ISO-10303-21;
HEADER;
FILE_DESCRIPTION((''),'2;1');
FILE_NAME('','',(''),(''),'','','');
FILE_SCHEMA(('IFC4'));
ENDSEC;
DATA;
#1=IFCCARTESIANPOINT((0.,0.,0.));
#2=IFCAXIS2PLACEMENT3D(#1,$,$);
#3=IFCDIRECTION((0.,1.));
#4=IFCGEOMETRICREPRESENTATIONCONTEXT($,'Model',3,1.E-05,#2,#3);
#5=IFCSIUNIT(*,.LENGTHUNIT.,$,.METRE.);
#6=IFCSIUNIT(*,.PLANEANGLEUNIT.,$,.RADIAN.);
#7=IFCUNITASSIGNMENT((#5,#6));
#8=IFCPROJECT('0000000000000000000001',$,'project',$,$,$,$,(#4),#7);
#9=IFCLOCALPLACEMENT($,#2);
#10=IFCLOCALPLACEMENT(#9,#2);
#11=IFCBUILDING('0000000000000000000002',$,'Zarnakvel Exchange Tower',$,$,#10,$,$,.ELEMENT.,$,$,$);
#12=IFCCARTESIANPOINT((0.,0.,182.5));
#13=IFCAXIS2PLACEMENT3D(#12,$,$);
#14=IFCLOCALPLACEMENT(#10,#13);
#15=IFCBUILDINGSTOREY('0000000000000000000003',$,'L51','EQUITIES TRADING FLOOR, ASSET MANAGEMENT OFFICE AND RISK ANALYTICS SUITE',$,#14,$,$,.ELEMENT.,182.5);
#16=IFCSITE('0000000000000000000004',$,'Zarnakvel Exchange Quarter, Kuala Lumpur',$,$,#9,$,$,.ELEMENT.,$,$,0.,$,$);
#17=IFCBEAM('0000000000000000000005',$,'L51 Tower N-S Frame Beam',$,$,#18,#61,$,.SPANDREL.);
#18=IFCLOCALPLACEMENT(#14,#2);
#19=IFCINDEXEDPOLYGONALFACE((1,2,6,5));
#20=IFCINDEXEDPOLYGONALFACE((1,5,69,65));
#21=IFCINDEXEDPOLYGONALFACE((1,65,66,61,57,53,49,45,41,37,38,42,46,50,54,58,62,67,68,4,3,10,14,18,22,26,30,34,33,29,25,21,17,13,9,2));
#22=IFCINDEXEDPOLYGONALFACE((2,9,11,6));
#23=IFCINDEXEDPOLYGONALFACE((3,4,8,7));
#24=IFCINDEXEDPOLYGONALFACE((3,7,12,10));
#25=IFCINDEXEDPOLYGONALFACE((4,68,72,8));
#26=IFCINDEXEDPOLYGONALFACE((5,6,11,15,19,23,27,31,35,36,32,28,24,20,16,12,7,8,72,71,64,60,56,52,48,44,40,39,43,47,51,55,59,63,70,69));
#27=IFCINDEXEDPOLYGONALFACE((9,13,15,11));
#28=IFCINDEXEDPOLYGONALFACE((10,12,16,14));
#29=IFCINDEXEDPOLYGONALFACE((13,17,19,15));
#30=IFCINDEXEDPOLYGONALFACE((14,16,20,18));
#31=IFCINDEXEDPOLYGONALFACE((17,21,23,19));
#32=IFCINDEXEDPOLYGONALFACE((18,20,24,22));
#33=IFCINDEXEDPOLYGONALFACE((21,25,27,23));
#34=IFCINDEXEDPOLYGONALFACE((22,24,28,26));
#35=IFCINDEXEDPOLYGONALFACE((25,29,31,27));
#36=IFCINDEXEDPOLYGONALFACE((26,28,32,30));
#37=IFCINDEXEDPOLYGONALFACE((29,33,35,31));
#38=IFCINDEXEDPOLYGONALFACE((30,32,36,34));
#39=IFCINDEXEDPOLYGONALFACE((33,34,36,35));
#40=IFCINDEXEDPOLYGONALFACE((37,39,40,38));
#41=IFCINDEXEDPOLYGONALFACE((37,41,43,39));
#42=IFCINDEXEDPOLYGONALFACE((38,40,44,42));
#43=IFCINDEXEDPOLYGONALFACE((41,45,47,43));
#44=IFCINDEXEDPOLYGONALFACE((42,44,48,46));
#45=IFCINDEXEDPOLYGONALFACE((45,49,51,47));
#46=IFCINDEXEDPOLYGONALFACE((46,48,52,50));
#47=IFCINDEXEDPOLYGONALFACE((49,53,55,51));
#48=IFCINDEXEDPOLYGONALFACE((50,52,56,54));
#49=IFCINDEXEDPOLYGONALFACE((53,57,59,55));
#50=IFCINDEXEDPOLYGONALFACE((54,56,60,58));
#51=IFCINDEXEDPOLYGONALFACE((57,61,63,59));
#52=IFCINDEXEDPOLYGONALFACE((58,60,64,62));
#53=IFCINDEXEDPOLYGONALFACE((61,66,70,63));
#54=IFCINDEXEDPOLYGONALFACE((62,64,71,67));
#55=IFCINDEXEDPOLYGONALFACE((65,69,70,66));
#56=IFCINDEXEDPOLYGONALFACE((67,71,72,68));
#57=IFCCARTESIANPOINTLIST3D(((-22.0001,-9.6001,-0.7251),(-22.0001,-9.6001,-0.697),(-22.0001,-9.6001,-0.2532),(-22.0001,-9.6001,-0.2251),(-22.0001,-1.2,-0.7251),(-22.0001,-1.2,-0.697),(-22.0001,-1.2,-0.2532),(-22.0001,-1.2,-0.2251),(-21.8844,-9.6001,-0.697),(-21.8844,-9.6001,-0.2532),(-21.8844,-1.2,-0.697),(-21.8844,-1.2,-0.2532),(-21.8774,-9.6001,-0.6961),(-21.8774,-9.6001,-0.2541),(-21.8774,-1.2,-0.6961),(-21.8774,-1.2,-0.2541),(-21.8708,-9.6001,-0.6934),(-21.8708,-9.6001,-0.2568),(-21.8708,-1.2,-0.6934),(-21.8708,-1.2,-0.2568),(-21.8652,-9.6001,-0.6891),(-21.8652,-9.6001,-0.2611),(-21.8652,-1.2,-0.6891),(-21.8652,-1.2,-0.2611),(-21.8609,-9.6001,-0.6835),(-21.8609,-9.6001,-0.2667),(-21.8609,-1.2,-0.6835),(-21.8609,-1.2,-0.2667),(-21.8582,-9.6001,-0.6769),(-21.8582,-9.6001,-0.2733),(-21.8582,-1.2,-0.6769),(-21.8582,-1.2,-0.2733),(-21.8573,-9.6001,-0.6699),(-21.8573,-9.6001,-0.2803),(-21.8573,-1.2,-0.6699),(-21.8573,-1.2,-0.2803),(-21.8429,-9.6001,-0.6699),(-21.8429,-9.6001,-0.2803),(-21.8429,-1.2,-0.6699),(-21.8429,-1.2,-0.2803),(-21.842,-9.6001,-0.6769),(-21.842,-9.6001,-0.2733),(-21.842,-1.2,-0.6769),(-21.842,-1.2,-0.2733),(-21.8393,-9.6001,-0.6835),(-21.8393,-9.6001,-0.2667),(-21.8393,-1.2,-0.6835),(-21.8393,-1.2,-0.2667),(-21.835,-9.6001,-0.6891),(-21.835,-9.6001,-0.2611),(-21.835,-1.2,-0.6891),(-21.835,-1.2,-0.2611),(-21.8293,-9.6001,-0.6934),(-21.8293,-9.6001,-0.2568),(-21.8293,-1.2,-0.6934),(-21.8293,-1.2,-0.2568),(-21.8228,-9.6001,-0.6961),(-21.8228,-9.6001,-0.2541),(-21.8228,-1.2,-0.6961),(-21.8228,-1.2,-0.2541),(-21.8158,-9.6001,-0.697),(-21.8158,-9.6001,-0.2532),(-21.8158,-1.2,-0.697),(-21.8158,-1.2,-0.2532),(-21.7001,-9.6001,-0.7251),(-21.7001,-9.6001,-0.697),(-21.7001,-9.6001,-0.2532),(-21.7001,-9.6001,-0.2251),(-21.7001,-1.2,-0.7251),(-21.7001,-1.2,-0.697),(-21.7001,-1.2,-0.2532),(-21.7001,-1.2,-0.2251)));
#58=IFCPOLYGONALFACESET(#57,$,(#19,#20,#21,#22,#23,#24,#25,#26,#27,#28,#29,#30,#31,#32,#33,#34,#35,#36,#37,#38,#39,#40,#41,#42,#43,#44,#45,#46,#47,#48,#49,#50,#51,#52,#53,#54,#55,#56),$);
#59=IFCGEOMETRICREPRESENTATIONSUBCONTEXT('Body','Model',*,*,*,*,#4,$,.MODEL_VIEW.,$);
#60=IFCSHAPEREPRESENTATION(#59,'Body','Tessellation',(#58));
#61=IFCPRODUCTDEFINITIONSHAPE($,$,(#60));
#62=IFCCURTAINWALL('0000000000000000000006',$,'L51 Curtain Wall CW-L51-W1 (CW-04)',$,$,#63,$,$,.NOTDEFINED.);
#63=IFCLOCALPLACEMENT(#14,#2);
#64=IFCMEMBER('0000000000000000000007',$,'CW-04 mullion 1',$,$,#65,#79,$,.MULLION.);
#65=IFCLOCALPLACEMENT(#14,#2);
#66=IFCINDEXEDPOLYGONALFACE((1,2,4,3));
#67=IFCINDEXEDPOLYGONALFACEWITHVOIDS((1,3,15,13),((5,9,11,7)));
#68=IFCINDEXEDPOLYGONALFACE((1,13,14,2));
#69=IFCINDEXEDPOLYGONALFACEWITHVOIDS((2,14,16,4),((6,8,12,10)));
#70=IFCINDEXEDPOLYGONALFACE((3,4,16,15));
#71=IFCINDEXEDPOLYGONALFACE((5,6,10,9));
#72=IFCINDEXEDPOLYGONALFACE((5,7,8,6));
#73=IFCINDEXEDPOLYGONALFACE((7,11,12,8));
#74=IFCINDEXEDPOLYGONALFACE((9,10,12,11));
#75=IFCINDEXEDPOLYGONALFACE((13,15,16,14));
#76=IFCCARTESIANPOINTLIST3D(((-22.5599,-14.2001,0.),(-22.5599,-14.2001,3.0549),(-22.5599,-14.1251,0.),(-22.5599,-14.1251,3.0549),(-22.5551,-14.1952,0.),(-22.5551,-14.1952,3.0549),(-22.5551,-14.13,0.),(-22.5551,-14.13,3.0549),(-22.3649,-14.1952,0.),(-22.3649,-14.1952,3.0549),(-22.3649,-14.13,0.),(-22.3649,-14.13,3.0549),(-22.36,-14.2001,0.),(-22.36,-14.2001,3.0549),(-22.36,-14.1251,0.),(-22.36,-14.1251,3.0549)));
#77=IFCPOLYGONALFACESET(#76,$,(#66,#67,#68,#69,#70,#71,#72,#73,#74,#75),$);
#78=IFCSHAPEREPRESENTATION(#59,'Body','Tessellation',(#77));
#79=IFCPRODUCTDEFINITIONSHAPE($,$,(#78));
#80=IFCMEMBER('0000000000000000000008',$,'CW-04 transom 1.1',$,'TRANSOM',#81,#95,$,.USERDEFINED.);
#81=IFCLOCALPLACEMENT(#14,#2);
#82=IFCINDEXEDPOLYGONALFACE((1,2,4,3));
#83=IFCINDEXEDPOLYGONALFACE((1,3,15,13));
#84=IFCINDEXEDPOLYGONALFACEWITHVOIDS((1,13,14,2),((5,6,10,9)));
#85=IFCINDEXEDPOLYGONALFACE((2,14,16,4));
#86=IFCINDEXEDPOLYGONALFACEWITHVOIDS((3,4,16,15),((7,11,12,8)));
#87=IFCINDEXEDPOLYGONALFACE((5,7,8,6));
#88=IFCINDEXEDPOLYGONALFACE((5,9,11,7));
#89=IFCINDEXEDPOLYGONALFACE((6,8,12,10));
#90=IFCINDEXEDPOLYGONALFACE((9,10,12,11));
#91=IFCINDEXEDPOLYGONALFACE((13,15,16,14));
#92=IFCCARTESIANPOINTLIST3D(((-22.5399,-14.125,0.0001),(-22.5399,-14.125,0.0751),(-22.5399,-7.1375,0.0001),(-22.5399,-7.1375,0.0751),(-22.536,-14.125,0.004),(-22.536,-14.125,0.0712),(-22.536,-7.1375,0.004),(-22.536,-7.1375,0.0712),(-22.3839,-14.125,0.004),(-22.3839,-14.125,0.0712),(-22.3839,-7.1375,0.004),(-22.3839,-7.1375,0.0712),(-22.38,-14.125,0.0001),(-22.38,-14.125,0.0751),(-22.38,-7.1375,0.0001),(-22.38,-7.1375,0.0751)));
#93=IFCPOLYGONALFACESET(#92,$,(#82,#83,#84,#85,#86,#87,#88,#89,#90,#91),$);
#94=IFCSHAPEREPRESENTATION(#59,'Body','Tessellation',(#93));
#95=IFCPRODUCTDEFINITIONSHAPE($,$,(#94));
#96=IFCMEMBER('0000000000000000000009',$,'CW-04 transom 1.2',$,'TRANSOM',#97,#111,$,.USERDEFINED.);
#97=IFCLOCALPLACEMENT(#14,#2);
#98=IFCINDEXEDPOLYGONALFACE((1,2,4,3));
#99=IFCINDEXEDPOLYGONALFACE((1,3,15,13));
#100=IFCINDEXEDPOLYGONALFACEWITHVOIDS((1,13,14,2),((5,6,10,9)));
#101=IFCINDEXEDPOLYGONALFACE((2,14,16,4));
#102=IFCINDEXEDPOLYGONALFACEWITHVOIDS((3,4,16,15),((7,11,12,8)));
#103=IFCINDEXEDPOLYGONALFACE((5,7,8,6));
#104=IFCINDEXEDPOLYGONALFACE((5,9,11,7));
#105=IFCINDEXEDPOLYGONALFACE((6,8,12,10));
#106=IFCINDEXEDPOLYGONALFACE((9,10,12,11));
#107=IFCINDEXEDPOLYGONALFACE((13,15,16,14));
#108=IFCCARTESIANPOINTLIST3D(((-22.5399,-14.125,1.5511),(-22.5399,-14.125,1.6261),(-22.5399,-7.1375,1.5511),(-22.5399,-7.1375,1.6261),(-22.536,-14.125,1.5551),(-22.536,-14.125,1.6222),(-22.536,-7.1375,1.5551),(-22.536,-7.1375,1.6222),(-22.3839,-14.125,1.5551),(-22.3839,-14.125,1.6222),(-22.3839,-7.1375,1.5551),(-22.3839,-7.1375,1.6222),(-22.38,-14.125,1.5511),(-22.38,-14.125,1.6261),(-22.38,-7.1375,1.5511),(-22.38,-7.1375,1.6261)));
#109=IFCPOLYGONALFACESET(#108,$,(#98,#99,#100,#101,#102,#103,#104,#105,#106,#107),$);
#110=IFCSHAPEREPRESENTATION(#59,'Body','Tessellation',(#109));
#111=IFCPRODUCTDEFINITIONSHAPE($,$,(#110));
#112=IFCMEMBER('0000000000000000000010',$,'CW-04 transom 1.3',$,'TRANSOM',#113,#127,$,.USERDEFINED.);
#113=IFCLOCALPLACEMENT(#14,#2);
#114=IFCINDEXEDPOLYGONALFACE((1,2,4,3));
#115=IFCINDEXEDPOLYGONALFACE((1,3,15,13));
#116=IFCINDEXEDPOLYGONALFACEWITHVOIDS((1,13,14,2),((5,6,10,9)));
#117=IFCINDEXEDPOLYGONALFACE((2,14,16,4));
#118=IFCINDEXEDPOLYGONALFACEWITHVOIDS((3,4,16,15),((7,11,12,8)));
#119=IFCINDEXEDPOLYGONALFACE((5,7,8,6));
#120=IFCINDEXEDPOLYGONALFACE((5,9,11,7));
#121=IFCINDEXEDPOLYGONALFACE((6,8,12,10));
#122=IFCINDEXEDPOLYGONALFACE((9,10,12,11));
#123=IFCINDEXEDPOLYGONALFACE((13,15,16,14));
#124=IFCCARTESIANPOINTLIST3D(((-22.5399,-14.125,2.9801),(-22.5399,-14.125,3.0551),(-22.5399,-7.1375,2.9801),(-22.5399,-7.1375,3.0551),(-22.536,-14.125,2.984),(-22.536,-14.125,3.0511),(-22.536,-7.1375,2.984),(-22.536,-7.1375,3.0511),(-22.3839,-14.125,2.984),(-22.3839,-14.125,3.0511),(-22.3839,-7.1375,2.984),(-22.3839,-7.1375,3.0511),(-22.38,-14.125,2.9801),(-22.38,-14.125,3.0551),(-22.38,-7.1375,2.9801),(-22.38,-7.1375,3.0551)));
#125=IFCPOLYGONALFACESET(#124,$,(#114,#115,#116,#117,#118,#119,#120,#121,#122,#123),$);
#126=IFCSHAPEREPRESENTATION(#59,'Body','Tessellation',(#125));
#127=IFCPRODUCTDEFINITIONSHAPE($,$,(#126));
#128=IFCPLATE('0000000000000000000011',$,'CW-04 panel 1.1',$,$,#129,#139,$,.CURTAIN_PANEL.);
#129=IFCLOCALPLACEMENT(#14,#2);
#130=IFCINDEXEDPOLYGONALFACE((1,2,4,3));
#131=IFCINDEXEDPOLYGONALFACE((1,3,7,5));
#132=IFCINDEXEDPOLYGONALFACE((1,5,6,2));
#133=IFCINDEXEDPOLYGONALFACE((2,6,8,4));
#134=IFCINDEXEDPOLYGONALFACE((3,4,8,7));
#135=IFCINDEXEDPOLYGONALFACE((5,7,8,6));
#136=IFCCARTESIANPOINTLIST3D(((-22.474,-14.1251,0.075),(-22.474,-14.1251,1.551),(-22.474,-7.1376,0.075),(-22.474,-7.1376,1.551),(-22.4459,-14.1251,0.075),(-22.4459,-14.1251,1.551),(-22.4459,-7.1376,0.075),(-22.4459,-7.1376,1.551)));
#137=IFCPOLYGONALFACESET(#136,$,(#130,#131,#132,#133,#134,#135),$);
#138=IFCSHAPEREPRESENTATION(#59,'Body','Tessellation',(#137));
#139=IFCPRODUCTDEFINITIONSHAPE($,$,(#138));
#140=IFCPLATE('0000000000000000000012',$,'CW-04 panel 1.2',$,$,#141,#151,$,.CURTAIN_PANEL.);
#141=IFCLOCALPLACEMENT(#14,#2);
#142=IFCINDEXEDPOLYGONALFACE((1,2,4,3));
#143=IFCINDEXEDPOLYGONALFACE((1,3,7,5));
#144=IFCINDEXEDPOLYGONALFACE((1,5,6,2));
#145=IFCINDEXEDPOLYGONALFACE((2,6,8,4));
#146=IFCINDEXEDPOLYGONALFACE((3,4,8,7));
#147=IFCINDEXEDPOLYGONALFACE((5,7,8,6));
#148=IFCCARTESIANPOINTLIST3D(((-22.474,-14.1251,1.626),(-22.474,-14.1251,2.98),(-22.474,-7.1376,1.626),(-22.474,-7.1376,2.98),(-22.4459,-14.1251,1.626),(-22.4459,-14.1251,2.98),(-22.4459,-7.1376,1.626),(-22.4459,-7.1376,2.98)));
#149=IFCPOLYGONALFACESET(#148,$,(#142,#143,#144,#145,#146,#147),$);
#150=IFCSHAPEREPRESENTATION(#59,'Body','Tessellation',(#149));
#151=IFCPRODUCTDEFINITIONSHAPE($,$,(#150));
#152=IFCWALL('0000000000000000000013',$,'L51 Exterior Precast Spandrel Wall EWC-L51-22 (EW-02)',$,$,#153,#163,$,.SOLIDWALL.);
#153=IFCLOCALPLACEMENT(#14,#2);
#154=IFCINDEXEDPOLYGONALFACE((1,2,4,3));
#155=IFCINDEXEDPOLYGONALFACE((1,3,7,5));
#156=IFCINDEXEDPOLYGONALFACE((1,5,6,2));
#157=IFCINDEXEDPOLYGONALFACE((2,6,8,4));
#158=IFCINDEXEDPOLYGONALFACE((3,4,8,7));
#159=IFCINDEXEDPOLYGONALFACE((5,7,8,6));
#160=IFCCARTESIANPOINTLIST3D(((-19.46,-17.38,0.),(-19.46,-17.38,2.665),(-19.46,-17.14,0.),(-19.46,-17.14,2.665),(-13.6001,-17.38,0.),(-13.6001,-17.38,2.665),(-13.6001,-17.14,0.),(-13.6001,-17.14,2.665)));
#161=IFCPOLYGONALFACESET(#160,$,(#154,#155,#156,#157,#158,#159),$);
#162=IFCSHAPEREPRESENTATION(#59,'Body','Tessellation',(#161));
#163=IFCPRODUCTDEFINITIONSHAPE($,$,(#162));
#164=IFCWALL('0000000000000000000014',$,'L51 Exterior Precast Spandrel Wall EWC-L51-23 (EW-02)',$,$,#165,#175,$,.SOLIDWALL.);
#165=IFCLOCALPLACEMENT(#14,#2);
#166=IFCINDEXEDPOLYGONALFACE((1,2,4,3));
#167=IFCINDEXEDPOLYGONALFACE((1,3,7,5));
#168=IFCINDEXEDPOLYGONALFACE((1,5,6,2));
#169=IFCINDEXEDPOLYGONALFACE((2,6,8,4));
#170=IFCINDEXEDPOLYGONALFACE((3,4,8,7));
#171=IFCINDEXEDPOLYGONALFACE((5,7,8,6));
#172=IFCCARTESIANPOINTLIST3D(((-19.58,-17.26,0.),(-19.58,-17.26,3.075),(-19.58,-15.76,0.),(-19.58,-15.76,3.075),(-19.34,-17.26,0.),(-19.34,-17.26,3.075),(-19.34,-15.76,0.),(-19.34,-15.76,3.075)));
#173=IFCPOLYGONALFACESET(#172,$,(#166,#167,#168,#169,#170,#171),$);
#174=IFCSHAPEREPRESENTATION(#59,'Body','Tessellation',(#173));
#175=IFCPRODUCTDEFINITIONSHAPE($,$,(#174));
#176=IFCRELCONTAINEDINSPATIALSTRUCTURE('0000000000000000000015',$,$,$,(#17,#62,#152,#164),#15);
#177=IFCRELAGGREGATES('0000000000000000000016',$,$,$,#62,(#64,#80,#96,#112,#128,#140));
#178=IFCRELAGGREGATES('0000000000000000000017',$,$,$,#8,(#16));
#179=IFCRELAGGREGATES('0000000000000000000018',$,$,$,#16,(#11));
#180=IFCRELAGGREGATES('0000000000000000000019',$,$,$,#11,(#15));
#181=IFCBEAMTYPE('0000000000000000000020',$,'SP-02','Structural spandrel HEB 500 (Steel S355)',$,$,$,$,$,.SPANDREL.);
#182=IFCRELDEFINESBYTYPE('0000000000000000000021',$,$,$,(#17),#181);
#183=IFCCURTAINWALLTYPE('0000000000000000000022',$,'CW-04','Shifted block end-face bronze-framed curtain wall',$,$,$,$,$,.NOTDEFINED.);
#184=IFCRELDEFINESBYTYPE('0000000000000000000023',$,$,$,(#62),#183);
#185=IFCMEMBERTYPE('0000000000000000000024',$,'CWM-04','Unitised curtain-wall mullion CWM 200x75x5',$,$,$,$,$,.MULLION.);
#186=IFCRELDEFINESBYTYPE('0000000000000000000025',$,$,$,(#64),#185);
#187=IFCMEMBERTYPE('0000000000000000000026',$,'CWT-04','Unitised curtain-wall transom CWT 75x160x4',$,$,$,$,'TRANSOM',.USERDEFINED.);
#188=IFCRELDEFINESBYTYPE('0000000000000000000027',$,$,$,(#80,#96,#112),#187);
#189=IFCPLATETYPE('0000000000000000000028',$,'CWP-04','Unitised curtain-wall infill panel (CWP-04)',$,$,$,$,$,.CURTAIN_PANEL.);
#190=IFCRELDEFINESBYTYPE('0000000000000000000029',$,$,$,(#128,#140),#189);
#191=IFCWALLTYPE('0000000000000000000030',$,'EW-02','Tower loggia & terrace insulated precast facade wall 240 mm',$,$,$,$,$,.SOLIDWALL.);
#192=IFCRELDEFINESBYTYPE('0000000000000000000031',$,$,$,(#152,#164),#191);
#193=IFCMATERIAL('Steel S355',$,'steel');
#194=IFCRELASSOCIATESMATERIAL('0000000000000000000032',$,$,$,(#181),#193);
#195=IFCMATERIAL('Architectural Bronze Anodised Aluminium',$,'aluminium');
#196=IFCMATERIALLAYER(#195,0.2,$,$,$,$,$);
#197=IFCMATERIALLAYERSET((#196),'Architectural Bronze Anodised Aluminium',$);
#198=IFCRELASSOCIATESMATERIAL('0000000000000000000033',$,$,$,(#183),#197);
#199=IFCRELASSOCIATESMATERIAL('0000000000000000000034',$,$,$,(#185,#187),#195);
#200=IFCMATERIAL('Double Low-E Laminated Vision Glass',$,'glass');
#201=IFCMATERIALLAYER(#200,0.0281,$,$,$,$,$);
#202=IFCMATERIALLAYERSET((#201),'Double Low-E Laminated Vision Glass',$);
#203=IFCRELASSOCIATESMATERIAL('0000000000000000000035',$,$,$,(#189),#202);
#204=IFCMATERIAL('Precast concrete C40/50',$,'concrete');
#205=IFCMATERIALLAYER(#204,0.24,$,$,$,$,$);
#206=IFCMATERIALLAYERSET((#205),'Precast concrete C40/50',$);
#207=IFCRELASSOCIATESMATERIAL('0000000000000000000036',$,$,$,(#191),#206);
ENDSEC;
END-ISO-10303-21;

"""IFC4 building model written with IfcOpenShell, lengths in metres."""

from ifc_helpers import new_model, si_unit, direction, frame, frame_2d, origin, origin_2d, place, context, subcontext, project, spatial, rectangle, hollow_rectangle, i_section, extrude, source, transform, mapped, material, layer, layer_set, material_profile, profile_set, type_object, element, aggregate, save


model = new_model("IFC4")

# Units and contexts
model_context = context("Model", 3, precision=1e-05, world=origin(), true_north=direction((0.0, 1.0)))
body_context = subcontext(model_context, "Body", "Model", "MODEL_VIEW")
ifc_project = project(units=[si_unit("LENGTHUNIT", "METRE"), si_unit("PLANEANGLEUNIT", "RADIAN")], contexts=[model_context])

# Site, building, storey
site_placement = place(None, origin())
site = spatial("IfcSite", under=ifc_project, at=site_placement, Name="Zarnakvel Exchange Quarter, Kuala Lumpur", CompositionType="ELEMENT", RefElevation=0.0)
building_placement = place(site_placement, origin())
building = spatial("IfcBuilding", under=site, at=building_placement, Name="Zarnakvel Exchange Tower", CompositionType="ELEMENT")
storey_placement = place(building_placement, frame((0.0, 0.0, 182.5)))
storey = spatial("IfcBuildingStorey", under=building, at=storey_placement, Name="L51", Description="EQUITIES TRADING FLOOR, ASSET MANAGEMENT OFFICE AND RISK ANALYTICS SUITE", CompositionType="ELEMENT", Elevation=182.5)

# Shared definitions
ifc_material_1 = material(Name="Steel S355", Category="steel")

# Beam
ifc_material_profile_1 = material_profile(ifc_material_1, i_section(OverallWidth=0.3, OverallDepth=0.5, WebThickness=0.0144, FlangeThickness=0.0281, FilletRadius=0.0271, at=origin_2d()))
ifc_profile_set_1 = profile_set([ifc_material_profile_1], Name="Steel S355")
beam_type_1 = type_object("IfcBeamType", Name="SP-02", Description="Structural spandrel HEB 500 (Steel S355)", PredefinedType="SPANDREL", material=ifc_profile_set_1)
beam_1_placement = place(storey_placement, frame((-21.8501, -9.6001, -0.4751), z_axis=(0.0, 1.0, 0.0), x_axis=(-1.0, 0.0, 0.0)))
element("IfcBeam", 1, at=beam_1_placement, inside=storey, type_object=beam_type_1, Name="L51 Tower N-S Frame Beam", PredefinedType="SPANDREL", context=body_context, shape_type="SweptSolid", body=[
    extrude(i_section(OverallWidth=0.3, OverallDepth=0.5, WebThickness=0.0144, FlangeThickness=0.0281, FilletRadius=0.0271, at=origin_2d()), origin(), (0.0, 0.0, 1.0), 8.4001),
])

# Curtain wall, members, plates
ifc_material_2 = material(Name="Architectural Bronze Anodised Aluminium", Category="aluminium")
ifc_layer_1 = layer(ifc_material_2, 0.2)
ifc_layer_set_1 = layer_set([ifc_layer_1], Name="Architectural Bronze Anodised Aluminium")
curtain_wall_type = type_object("IfcCurtainWallType", Name="CW-04", Description="Shifted block end-face bronze-framed curtain wall", PredefinedType="NOTDEFINED", material=ifc_layer_set_1)
curtain_wall_placement = place(storey_placement, origin())
curtain_wall = element("IfcCurtainWall", 2, at=curtain_wall_placement, inside=storey, type_object=curtain_wall_type, Name="L51 Curtain Wall CW-L51-W1 (CW-04)", PredefinedType="NOTDEFINED")
ifc_material_profile_2 = material_profile(ifc_material_2, hollow_rectangle(XDim=0.2, YDim=0.075, WallThickness=0.0049, at=origin_2d()))
ifc_profile_set_2 = profile_set([ifc_material_profile_2], Name="Architectural Bronze Anodised Aluminium")
member_type_1 = type_object("IfcMemberType", Name="CWM-04", Description="Unitised curtain-wall mullion CWM 200x75x5", PredefinedType="MULLION", material=ifc_profile_set_2)
shared_shape_1 = source(origin(), body_context, "Body", "SweptSolid", [
    extrude(hollow_rectangle(XDim=0.2, YDim=0.075, WallThickness=0.0049, at=origin_2d()), origin(), (0.0, 0.0, 1.0), 3.0549),
])
member_1_placement = place(storey_placement, frame((-22.46, -14.1626, 0.0), z_axis=(0.0, 0.0, 1.0), x_axis=(-1.0, 0.0, 0.0)))
member_1 = element("IfcMember", 3, at=member_1_placement, type_object=member_type_1, Name="CW-04 mullion 1", PredefinedType="MULLION", context=body_context, shape_type="MappedRepresentation", body=[
    mapped(shared_shape_1, transform((0.0, 0.0, 0.0), x_axis=(1.0, 0.0, 0.0), y_axis=(0.0, 1.0, 0.0), z_axis=(0.0, 0.0, 1.0), scale=1.0)),
])
ifc_material_profile_3 = material_profile(ifc_material_2, hollow_rectangle(XDim=0.1599, YDim=0.075, WallThickness=0.0039, at=origin_2d()))
ifc_profile_set_3 = profile_set([ifc_material_profile_3], Name="Architectural Bronze Anodised Aluminium")
member_type_2 = type_object("IfcMemberType", Name="CWT-04", Description="Unitised curtain-wall transom CWT 75x160x4", ElementType="TRANSOM", PredefinedType="USERDEFINED", material=ifc_profile_set_3)
shared_shape_2 = source(origin(), body_context, "Body", "SweptSolid", [
    extrude(hollow_rectangle(XDim=0.1599, YDim=0.075, WallThickness=0.0039, at=origin_2d()), origin(), (0.0, 0.0, 1.0), 6.9875),
])
member_2_placement = place(storey_placement, frame((-22.46, -14.125, 0.0376), z_axis=(0.0, 1.0, 0.0), x_axis=(-1.0, 0.0, 0.0)))
member_2 = element("IfcMember", 4, at=member_2_placement, type_object=member_type_2, Name="CW-04 transom 1.1", ObjectType="TRANSOM", PredefinedType="USERDEFINED", context=body_context, shape_type="MappedRepresentation", body=[
    mapped(shared_shape_2, transform((0.0, 0.0, 0.0), x_axis=(1.0, 0.0, 0.0), y_axis=(0.0, 1.0, 0.0), z_axis=(0.0, 0.0, 1.0), scale=1.0)),
])
member_3_placement = place(storey_placement, frame((-22.46, -14.125, 1.5886), z_axis=(0.0, 1.0, 0.0), x_axis=(-1.0, 0.0, 0.0)))
member_3 = element("IfcMember", 5, at=member_3_placement, type_object=member_type_2, Name="CW-04 transom 1.2", ObjectType="TRANSOM", PredefinedType="USERDEFINED", context=body_context, shape_type="MappedRepresentation", body=[
    mapped(shared_shape_2, transform((0.0, 0.0, 0.0), x_axis=(1.0, 0.0, 0.0), y_axis=(0.0, 1.0, 0.0), z_axis=(0.0, 0.0, 1.0), scale=1.0)),
])
member_4_placement = place(storey_placement, frame((-22.46, -14.125, 3.0176), z_axis=(0.0, 1.0, 0.0), x_axis=(-1.0, 0.0, 0.0)))
member_4 = element("IfcMember", 6, at=member_4_placement, type_object=member_type_2, Name="CW-04 transom 1.3", ObjectType="TRANSOM", PredefinedType="USERDEFINED", context=body_context, shape_type="MappedRepresentation", body=[
    mapped(shared_shape_2, transform((0.0, 0.0, 0.0), x_axis=(1.0, 0.0, 0.0), y_axis=(0.0, 1.0, 0.0), z_axis=(0.0, 0.0, 1.0), scale=1.0)),
])
ifc_material_3 = material(Name="Double Low-E Laminated Vision Glass", Category="glass")
ifc_layer_2 = layer(ifc_material_3, 0.0281)
ifc_layer_set_2 = layer_set([ifc_layer_2], Name="Double Low-E Laminated Vision Glass")
plate_type = type_object("IfcPlateType", Name="CWP-04", Description="Unitised curtain-wall infill panel (CWP-04)", PredefinedType="CURTAIN_PANEL", material=ifc_layer_set_2)
shared_shape_3 = source(origin(), body_context, "Body", "SweptSolid", [
    extrude(rectangle(XDim=6.9875, YDim=0.0281, at=origin_2d()), origin(), (0.0, 0.0, 1.0), 1.4761),
])
plate_1_placement = place(storey_placement, frame((-22.46, -10.6313, 0.075), z_axis=(0.0, 0.0, 1.0), x_axis=(0.0, 1.0, 0.0)))
plate_1 = element("IfcPlate", 7, at=plate_1_placement, type_object=plate_type, Name="CW-04 panel 1.1", PredefinedType="CURTAIN_PANEL", context=body_context, shape_type="MappedRepresentation", body=[
    mapped(shared_shape_3, transform((0.0, 0.0, 0.0), x_axis=(1.0, 0.0, 0.0), y_axis=(0.0, 1.0, 0.0), z_axis=(0.0, 0.0, 1.0), scale=1.0)),
])
shared_shape_4 = source(origin(), body_context, "Body", "SweptSolid", [
    extrude(rectangle(XDim=6.9875, YDim=0.0281, at=origin_2d()), origin(), (0.0, 0.0, 1.0), 1.354),
])
plate_2_placement = place(storey_placement, frame((-22.46, -10.6313, 1.626), z_axis=(0.0, 0.0, 1.0), x_axis=(0.0, 1.0, 0.0)))
plate_2 = element("IfcPlate", 8, at=plate_2_placement, type_object=plate_type, Name="CW-04 panel 1.2", PredefinedType="CURTAIN_PANEL", context=body_context, shape_type="MappedRepresentation", body=[
    mapped(shared_shape_4, transform((0.0, 0.0, 0.0), x_axis=(1.0, 0.0, 0.0), y_axis=(0.0, 1.0, 0.0), z_axis=(0.0, 0.0, 1.0), scale=1.0)),
])
aggregate(curtain_wall, [member_1, member_2, member_3, member_4, plate_1, plate_2])

# Walls
ifc_material_4 = material(Name="Precast concrete C40/50", Category="concrete")
ifc_layer_3 = layer(ifc_material_4, 0.24)
ifc_layer_set_3 = layer_set([ifc_layer_3], Name="Precast concrete C40/50")
wall_type_1 = type_object("IfcWallType", Name="EW-02", Description="Tower loggia & terrace insulated precast facade wall 240 mm", PredefinedType="SOLIDWALL", material=ifc_layer_set_3)
wall_1_placement = place(storey_placement, frame((-19.46, -17.26, 0.0), z_axis=(0.0, 0.0, 1.0), x_axis=(1.0, 0.0, 0.0)))
element("IfcWall", 9, at=wall_1_placement, inside=storey, type_object=wall_type_1, Name="L51 Exterior Precast Spandrel Wall EWC-L51-22 (EW-02)", PredefinedType="SOLIDWALL", context=body_context, shape_type="SweptSolid", body=[
    extrude(rectangle(XDim=5.8599, YDim=0.24, at=frame_2d((2.9299, 0.0))), origin(), (0.0, 0.0, 1.0), 2.665),
])
for number, where, z_axis, x_axis, name in (
    (10, (-19.46, -15.76, 0.0), (0.0, 0.0, 1.0), (0.0, -1.0, 0.0), "L51 Exterior Precast Spandrel Wall EWC-L51-23 (EW-02)"),
):
    element("IfcWall", number, at=place(storey_placement, frame(where, z_axis=z_axis, x_axis=x_axis)), inside=storey, type_object=wall_type_1, Name=name, PredefinedType="SOLIDWALL", context=body_context, shape_type="SweptSolid", body=[
        extrude(rectangle(XDim=1.5, YDim=0.24, at=frame_2d((0.75, 0.0))), origin(), (0.0, 0.0, 1.0), 3.075),
    ])

save(model, "model.ifc")
